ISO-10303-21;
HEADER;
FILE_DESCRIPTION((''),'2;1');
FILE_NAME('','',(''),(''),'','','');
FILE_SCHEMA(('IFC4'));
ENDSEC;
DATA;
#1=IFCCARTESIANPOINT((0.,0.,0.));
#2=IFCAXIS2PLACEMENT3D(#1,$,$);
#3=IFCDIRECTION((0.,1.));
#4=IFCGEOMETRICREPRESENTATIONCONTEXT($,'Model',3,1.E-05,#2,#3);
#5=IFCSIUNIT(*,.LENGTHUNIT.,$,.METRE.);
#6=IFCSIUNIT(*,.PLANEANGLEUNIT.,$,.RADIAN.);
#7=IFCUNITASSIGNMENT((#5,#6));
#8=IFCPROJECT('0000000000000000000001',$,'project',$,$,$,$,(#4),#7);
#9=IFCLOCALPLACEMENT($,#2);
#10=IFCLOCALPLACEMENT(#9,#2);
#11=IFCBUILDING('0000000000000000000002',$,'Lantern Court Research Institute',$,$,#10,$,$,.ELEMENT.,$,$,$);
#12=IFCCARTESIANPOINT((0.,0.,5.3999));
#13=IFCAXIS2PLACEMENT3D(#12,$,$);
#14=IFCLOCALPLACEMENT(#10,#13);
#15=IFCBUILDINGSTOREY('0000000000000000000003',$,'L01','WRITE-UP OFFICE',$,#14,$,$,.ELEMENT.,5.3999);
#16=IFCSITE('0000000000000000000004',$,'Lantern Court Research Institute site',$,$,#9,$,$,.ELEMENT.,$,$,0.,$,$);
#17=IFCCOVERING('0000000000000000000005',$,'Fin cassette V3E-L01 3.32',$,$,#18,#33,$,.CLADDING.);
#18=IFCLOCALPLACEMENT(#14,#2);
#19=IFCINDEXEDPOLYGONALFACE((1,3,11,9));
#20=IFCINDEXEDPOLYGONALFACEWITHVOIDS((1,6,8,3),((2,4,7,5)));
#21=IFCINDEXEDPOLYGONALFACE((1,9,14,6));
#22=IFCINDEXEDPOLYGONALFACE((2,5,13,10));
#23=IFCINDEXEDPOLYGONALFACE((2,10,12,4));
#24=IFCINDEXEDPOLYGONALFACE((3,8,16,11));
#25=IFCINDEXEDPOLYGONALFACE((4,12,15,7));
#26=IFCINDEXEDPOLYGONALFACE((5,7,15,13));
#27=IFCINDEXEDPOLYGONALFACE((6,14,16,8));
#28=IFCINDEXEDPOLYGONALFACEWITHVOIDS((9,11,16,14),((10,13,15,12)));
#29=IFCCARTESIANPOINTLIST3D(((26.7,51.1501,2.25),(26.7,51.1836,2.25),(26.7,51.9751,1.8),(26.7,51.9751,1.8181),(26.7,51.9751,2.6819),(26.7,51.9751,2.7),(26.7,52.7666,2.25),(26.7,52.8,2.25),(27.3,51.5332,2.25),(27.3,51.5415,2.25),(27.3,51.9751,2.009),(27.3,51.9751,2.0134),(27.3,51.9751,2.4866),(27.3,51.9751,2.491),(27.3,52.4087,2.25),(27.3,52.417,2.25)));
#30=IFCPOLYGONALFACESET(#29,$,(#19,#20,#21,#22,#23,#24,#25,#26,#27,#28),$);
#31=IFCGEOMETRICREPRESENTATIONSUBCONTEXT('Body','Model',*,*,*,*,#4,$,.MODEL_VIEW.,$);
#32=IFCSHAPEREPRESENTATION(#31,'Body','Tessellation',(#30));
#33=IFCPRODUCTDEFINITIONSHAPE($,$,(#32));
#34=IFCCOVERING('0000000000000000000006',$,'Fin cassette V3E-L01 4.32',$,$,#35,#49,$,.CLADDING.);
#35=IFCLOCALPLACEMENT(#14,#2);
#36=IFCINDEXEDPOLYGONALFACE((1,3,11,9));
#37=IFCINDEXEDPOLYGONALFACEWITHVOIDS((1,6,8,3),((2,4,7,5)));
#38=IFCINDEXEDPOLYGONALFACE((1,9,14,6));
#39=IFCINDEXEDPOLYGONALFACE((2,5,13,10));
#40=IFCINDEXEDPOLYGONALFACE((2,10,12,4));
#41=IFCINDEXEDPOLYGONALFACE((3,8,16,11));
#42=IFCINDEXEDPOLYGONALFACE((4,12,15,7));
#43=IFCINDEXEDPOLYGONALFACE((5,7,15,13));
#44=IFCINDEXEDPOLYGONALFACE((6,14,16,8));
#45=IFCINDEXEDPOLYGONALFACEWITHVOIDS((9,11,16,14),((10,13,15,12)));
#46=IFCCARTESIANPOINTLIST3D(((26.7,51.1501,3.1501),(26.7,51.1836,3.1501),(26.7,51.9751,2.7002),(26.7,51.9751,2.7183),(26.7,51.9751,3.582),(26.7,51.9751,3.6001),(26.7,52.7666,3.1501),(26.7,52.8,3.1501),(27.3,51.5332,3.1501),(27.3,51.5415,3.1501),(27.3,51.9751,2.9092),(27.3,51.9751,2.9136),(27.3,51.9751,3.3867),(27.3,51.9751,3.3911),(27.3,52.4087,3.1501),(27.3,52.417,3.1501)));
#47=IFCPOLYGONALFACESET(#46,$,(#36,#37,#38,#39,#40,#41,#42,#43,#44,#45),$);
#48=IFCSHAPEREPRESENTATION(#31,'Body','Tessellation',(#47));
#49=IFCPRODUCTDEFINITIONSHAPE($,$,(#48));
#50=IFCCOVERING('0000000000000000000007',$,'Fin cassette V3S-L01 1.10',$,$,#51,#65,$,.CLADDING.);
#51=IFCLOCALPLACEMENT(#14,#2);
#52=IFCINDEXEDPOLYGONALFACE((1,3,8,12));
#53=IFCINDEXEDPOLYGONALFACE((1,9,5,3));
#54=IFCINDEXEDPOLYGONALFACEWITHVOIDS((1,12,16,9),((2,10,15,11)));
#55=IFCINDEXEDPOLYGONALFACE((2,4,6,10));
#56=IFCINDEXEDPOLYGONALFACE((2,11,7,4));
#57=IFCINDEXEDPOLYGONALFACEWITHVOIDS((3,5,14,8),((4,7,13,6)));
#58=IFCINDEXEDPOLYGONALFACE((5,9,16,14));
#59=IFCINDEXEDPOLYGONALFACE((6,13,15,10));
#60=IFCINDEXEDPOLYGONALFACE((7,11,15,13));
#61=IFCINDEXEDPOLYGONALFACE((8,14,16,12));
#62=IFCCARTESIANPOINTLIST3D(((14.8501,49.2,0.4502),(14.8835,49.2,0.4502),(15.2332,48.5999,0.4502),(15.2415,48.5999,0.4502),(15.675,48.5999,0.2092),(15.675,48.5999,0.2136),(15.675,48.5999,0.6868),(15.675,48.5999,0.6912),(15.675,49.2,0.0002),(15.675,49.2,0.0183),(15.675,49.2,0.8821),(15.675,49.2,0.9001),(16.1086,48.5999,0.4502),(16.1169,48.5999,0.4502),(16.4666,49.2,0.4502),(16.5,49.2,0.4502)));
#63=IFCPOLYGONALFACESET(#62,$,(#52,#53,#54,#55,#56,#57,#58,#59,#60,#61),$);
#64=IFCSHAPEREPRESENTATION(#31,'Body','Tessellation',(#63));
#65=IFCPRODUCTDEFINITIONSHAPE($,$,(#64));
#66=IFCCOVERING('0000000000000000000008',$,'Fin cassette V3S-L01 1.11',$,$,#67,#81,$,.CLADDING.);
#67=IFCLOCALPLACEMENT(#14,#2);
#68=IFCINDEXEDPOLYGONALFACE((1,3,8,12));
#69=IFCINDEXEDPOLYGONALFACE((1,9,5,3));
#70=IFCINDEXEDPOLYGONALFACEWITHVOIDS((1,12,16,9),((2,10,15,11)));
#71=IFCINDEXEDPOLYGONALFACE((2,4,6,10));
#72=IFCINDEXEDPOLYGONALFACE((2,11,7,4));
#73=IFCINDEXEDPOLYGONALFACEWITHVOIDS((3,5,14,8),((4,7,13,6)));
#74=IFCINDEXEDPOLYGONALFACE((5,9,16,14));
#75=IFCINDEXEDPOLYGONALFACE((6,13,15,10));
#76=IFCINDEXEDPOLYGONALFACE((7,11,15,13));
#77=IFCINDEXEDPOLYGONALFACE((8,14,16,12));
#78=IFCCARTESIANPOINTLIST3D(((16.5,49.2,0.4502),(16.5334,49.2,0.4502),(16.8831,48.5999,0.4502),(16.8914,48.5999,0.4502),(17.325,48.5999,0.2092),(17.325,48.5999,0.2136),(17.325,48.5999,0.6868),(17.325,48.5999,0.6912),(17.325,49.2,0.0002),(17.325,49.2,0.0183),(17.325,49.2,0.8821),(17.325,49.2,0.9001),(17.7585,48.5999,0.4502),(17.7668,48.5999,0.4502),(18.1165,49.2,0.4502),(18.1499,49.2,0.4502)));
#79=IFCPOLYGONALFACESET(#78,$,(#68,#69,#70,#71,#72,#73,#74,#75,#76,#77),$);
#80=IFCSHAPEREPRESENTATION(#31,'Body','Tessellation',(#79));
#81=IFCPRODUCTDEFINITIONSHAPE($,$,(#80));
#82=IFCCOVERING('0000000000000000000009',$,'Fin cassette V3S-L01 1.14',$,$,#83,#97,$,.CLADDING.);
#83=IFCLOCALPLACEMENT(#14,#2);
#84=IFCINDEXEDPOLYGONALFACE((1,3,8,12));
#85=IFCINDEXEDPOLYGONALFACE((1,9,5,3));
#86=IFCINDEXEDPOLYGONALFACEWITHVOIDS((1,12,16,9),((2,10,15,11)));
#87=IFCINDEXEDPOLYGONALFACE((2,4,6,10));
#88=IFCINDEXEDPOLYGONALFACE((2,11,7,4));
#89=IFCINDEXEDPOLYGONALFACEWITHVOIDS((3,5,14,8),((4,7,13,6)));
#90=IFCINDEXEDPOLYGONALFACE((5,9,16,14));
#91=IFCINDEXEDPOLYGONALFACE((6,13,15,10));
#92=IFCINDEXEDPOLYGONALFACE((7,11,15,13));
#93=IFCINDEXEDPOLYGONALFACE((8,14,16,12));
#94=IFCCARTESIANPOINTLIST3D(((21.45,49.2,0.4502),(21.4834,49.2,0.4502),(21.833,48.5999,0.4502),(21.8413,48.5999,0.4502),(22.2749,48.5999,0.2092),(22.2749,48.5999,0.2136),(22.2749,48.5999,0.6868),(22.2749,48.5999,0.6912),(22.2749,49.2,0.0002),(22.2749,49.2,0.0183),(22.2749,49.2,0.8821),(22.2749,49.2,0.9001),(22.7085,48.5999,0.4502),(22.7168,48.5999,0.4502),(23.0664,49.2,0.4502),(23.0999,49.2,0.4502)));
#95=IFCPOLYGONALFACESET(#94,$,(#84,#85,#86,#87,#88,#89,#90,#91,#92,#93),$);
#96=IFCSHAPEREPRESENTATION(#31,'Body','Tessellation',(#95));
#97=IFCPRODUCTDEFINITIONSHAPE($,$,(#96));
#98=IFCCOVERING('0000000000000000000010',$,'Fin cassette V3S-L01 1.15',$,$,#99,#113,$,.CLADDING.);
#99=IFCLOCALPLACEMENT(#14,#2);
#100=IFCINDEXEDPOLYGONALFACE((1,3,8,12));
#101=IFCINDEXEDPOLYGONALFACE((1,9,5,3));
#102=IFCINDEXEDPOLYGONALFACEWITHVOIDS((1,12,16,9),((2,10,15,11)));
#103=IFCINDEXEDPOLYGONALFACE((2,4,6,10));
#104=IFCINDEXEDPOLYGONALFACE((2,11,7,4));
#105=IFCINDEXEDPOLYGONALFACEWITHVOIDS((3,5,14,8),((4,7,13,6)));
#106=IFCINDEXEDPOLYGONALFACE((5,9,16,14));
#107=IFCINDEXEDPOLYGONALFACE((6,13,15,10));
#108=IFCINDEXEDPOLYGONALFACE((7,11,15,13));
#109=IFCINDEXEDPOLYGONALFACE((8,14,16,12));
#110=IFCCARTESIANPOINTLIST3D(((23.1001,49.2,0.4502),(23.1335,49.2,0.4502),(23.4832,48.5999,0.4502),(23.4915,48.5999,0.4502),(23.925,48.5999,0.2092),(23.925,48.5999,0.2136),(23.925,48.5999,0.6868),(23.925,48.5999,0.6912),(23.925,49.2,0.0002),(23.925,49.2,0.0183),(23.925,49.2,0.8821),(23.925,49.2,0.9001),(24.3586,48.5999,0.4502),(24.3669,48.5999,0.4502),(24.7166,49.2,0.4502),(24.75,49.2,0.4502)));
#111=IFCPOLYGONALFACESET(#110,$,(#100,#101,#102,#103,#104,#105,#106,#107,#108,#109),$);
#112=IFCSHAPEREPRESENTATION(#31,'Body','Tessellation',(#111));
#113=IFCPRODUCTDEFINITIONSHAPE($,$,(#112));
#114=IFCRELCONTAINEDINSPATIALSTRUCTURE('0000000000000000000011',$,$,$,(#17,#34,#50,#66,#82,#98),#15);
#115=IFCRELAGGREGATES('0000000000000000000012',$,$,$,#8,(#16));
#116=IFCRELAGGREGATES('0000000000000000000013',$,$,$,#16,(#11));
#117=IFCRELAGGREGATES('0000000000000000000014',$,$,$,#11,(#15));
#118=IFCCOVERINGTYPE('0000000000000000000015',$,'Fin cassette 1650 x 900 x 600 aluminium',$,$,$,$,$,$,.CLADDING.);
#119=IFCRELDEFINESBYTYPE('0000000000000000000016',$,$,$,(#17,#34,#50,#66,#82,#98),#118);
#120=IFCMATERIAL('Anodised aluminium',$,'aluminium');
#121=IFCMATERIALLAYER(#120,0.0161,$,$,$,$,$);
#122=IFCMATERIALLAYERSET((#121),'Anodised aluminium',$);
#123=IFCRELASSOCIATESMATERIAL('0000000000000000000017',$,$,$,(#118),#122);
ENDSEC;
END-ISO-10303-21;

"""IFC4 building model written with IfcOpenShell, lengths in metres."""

from ifc_helpers import new_model, entity, si_unit, direction, frame, origin, place, context, subcontext, project, spatial, material, layer, layer_set, type_object, element, save


model = new_model("IFC4")

# Units and contexts
model_context = context("Model", 3, precision=1e-05, world=origin(), true_north=direction((0.0, 1.0)))
body_context = subcontext(model_context, "Body", "Model", "MODEL_VIEW")
ifc_project = project(units=[si_unit("LENGTHUNIT", "METRE"), si_unit("PLANEANGLEUNIT", "RADIAN")], contexts=[model_context])

# Site, building, storey
site_placement = place(None, origin())
site = spatial("IfcSite", under=ifc_project, at=site_placement, Name="Lantern Court Research Institute site", CompositionType="ELEMENT", RefElevation=0.0)
building_placement = place(site_placement, origin())
building = spatial("IfcBuilding", under=site, at=building_placement, Name="Lantern Court Research Institute", CompositionType="ELEMENT")
storey_placement = place(building_placement, frame((0.0, 0.0, 5.3999)))
storey = spatial("IfcBuildingStorey", under=building, at=storey_placement, Name="L01", Description="WRITE-UP OFFICE", CompositionType="ELEMENT", Elevation=5.3999)

# Coverings
ifc_material_1 = material(Name="Anodised aluminium", Category="aluminium")
ifc_layer_1 = layer(ifc_material_1, 0.0161)
ifc_layer_set_1 = layer_set([ifc_layer_1], Name="Anodised aluminium")
covering_type_1 = type_object("IfcCoveringType", Name="Fin cassette 1650 x 900 x 600 aluminium", PredefinedType="CLADDING", material=ifc_layer_set_1)
covering_1_placement = place(storey_placement, frame((26.7, 51.9751, 2.25), z_axis=(1.0, 0.0, 0.0), x_axis=(0.0, 1.0, 0.0)))
cartesian_point_1 = entity("IfcCartesianPoint", [0.825, 0.0])
cartesian_point_2 = entity("IfcCartesianPoint", [0.7915, 0.0])
cartesian_point_3 = entity("IfcCartesianPoint", [0.4419, 0.0])
cartesian_point_4 = entity("IfcCartesianPoint", [0.4336, 0.0])
element("IfcCovering", 1, at=covering_1_placement, inside=storey, type_object=covering_type_1, Name="Fin cassette V3E-L01 3.32", PredefinedType="CLADDING", context=body_context, shape_type="SweptSolid", body=[
    entity("IfcExtrudedAreaSolidTapered", entity("IfcArbitraryProfileDefWithVoids", "AREA", None, entity("IfcPolyline", [cartesian_point_1, entity("IfcCartesianPoint", [0.0, 0.45]), entity("IfcCartesianPoint", [-0.825, 0.0]), entity("IfcCartesianPoint", [0.0, -0.45]), cartesian_point_1]), [entity("IfcPolyline", [cartesian_point_2, entity("IfcCartesianPoint", [0.0, 0.4319]), entity("IfcCartesianPoint", [-0.7915, 0.0]), entity("IfcCartesianPoint", [0.0, -0.4319]), cartesian_point_2])]), entity("IfcAxis2Placement3D", entity("IfcCartesianPoint", [0.0, 0.0, 0.0])), entity("IfcDirection", [0.0, 0.0, 1.0]), 0.6001, entity("IfcArbitraryProfileDefWithVoids", "AREA", None, entity("IfcPolyline", [cartesian_point_3, entity("IfcCartesianPoint", [0.0, 0.241]), entity("IfcCartesianPoint", [-0.4419, 0.0]), entity("IfcCartesianPoint", [0.0, -0.241]), cartesian_point_3]), [entity("IfcPolyline", [cartesian_point_4, entity("IfcCartesianPoint", [0.0, 0.2366]), entity("IfcCartesianPoint", [-0.4336, 0.0]), entity("IfcCartesianPoint", [0.0, -0.2366]), cartesian_point_4])])),
])
covering_2_placement = place(storey_placement, frame((26.7, 51.9751, 3.1501), z_axis=(1.0, 0.0, 0.0), x_axis=(0.0, 1.0, 0.0)))
cartesian_point_5 = entity("IfcCartesianPoint", [0.825, 0.0])
cartesian_point_6 = entity("IfcCartesianPoint", [0.7915, 0.0])
cartesian_point_7 = entity("IfcCartesianPoint", [0.4419, 0.0])
cartesian_point_8 = entity("IfcCartesianPoint", [0.4336, 0.0])
element("IfcCovering", 2, at=covering_2_placement, inside=storey, type_object=covering_type_1, Name="Fin cassette V3E-L01 4.32", PredefinedType="CLADDING", context=body_context, shape_type="SweptSolid", body=[
    entity("IfcExtrudedAreaSolidTapered", entity("IfcArbitraryProfileDefWithVoids", "AREA", None, entity("IfcPolyline", [cartesian_point_5, entity("IfcCartesianPoint", [0.0, 0.45]), entity("IfcCartesianPoint", [-0.825, 0.0]), entity("IfcCartesianPoint", [0.0, -0.45]), cartesian_point_5]), [entity("IfcPolyline", [cartesian_point_6, entity("IfcCartesianPoint", [0.0, 0.4319]), entity("IfcCartesianPoint", [-0.7915, 0.0]), entity("IfcCartesianPoint", [0.0, -0.4319]), cartesian_point_6])]), entity("IfcAxis2Placement3D", entity("IfcCartesianPoint", [0.0, 0.0, 0.0])), entity("IfcDirection", [0.0, 0.0, 1.0]), 0.6001, entity("IfcArbitraryProfileDefWithVoids", "AREA", None, entity("IfcPolyline", [cartesian_point_7, entity("IfcCartesianPoint", [0.0, 0.241]), entity("IfcCartesianPoint", [-0.4419, 0.0]), entity("IfcCartesianPoint", [0.0, -0.241]), cartesian_point_7]), [entity("IfcPolyline", [cartesian_point_8, entity("IfcCartesianPoint", [0.0, 0.2366]), entity("IfcCartesianPoint", [-0.4336, 0.0]), entity("IfcCartesianPoint", [0.0, -0.2366]), cartesian_point_8])])),
])
covering_3_placement = place(storey_placement, frame((15.675, 49.2, 0.4502), z_axis=(0.0, -1.0, 0.0), x_axis=(1.0, 0.0, 0.0)))
cartesian_point_9 = entity("IfcCartesianPoint", [0.825, 0.0])
cartesian_point_10 = entity("IfcCartesianPoint", [0.7915, 0.0])
cartesian_point_11 = entity("IfcCartesianPoint", [0.4419, 0.0])
cartesian_point_12 = entity("IfcCartesianPoint", [0.4336, 0.0])
element("IfcCovering", 3, at=covering_3_placement, inside=storey, type_object=covering_type_1, Name="Fin cassette V3S-L01 1.10", PredefinedType="CLADDING", context=body_context, shape_type="SweptSolid", body=[
    entity("IfcExtrudedAreaSolidTapered", entity("IfcArbitraryProfileDefWithVoids", "AREA", None, entity("IfcPolyline", [cartesian_point_9, entity("IfcCartesianPoint", [0.0, 0.45]), entity("IfcCartesianPoint", [-0.825, 0.0]), entity("IfcCartesianPoint", [0.0, -0.45]), cartesian_point_9]), [entity("IfcPolyline", [cartesian_point_10, entity("IfcCartesianPoint", [0.0, 0.4319]), entity("IfcCartesianPoint", [-0.7915, 0.0]), entity("IfcCartesianPoint", [0.0, -0.4319]), cartesian_point_10])]), entity("IfcAxis2Placement3D", entity("IfcCartesianPoint", [0.0, 0.0, 0.0])), entity("IfcDirection", [0.0, 0.0, 1.0]), 0.6001, entity("IfcArbitraryProfileDefWithVoids", "AREA", None, entity("IfcPolyline", [cartesian_point_11, entity("IfcCartesianPoint", [0.0, 0.241]), entity("IfcCartesianPoint", [-0.4419, 0.0]), entity("IfcCartesianPoint", [0.0, -0.241]), cartesian_point_11]), [entity("IfcPolyline", [cartesian_point_12, entity("IfcCartesianPoint", [0.0, 0.2366]), entity("IfcCartesianPoint", [-0.4336, 0.0]), entity("IfcCartesianPoint", [0.0, -0.2366]), cartesian_point_12])])),
])
covering_4_placement = place(storey_placement, frame((17.325, 49.2, 0.4502), z_axis=(0.0, -1.0, 0.0), x_axis=(1.0, 0.0, 0.0)))
cartesian_point_13 = entity("IfcCartesianPoint", [0.825, 0.0])
cartesian_point_14 = entity("IfcCartesianPoint", [0.7915, 0.0])
cartesian_point_15 = entity("IfcCartesianPoint", [0.4419, 0.0])
cartesian_point_16 = entity("IfcCartesianPoint", [0.4336, 0.0])
element("IfcCovering", 4, at=covering_4_placement, inside=storey, type_object=covering_type_1, Name="Fin cassette V3S-L01 1.11", PredefinedType="CLADDING", context=body_context, shape_type="SweptSolid", body=[
    entity("IfcExtrudedAreaSolidTapered", entity("IfcArbitraryProfileDefWithVoids", "AREA", None, entity("IfcPolyline", [cartesian_point_13, entity("IfcCartesianPoint", [0.0, 0.45]), entity("IfcCartesianPoint", [-0.825, 0.0]), entity("IfcCartesianPoint", [0.0, -0.45]), cartesian_point_13]), [entity("IfcPolyline", [cartesian_point_14, entity("IfcCartesianPoint", [0.0, 0.4319]), entity("IfcCartesianPoint", [-0.7915, 0.0]), entity("IfcCartesianPoint", [0.0, -0.4319]), cartesian_point_14])]), entity("IfcAxis2Placement3D", entity("IfcCartesianPoint", [0.0, 0.0, 0.0])), entity("IfcDirection", [0.0, 0.0, 1.0]), 0.6001, entity("IfcArbitraryProfileDefWithVoids", "AREA", None, entity("IfcPolyline", [cartesian_point_15, entity("IfcCartesianPoint", [0.0, 0.241]), entity("IfcCartesianPoint", [-0.4419, 0.0]), entity("IfcCartesianPoint", [0.0, -0.241]), cartesian_point_15]), [entity("IfcPolyline", [cartesian_point_16, entity("IfcCartesianPoint", [0.0, 0.2366]), entity("IfcCartesianPoint", [-0.4336, 0.0]), entity("IfcCartesianPoint", [0.0, -0.2366]), cartesian_point_16])])),
])
covering_5_placement = place(storey_placement, frame((22.2749, 49.2, 0.4502), z_axis=(0.0, -1.0, 0.0), x_axis=(1.0, 0.0, 0.0)))
cartesian_point_17 = entity("IfcCartesianPoint", [0.825, 0.0])
cartesian_point_18 = entity("IfcCartesianPoint", [0.7915, 0.0])
cartesian_point_19 = entity("IfcCartesianPoint", [0.4419, 0.0])
cartesian_point_20 = entity("IfcCartesianPoint", [0.4336, 0.0])
element("IfcCovering", 5, at=covering_5_placement, inside=storey, type_object=covering_type_1, Name="Fin cassette V3S-L01 1.14", PredefinedType="CLADDING", context=body_context, shape_type="SweptSolid", body=[
    entity("IfcExtrudedAreaSolidTapered", entity("IfcArbitraryProfileDefWithVoids", "AREA", None, entity("IfcPolyline", [cartesian_point_17, entity("IfcCartesianPoint", [0.0, 0.45]), entity("IfcCartesianPoint", [-0.825, 0.0]), entity("IfcCartesianPoint", [0.0, -0.45]), cartesian_point_17]), [entity("IfcPolyline", [cartesian_point_18, entity("IfcCartesianPoint", [0.0, 0.4319]), entity("IfcCartesianPoint", [-0.7915, 0.0]), entity("IfcCartesianPoint", [0.0, -0.4319]), cartesian_point_18])]), entity("IfcAxis2Placement3D", entity("IfcCartesianPoint", [0.0, 0.0, 0.0])), entity("IfcDirection", [0.0, 0.0, 1.0]), 0.6001, entity("IfcArbitraryProfileDefWithVoids", "AREA", None, entity("IfcPolyline", [cartesian_point_19, entity("IfcCartesianPoint", [0.0, 0.241]), entity("IfcCartesianPoint", [-0.4419, 0.0]), entity("IfcCartesianPoint", [0.0, -0.241]), cartesian_point_19]), [entity("IfcPolyline", [cartesian_point_20, entity("IfcCartesianPoint", [0.0, 0.2366]), entity("IfcCartesianPoint", [-0.4336, 0.0]), entity("IfcCartesianPoint", [0.0, -0.2366]), cartesian_point_20])])),
])
covering_6_placement = place(storey_placement, frame((23.925, 49.2, 0.4502), z_axis=(0.0, -1.0, 0.0), x_axis=(1.0, 0.0, 0.0)))
cartesian_point_21 = entity("IfcCartesianPoint", [0.825, 0.0])
cartesian_point_22 = entity("IfcCartesianPoint", [0.7915, 0.0])
cartesian_point_23 = entity("IfcCartesianPoint", [0.4419, 0.0])
cartesian_point_24 = entity("IfcCartesianPoint", [0.4336, 0.0])
element("IfcCovering", 6, at=covering_6_placement, inside=storey, type_object=covering_type_1, Name="Fin cassette V3S-L01 1.15", PredefinedType="CLADDING", context=body_context, shape_type="SweptSolid", body=[
    entity("IfcExtrudedAreaSolidTapered", entity("IfcArbitraryProfileDefWithVoids", "AREA", None, entity("IfcPolyline", [cartesian_point_21, entity("IfcCartesianPoint", [0.0, 0.45]), entity("IfcCartesianPoint", [-0.825, 0.0]), entity("IfcCartesianPoint", [0.0, -0.45]), cartesian_point_21]), [entity("IfcPolyline", [cartesian_point_22, entity("IfcCartesianPoint", [0.0, 0.4319]), entity("IfcCartesianPoint", [-0.7915, 0.0]), entity("IfcCartesianPoint", [0.0, -0.4319]), cartesian_point_22])]), entity("IfcAxis2Placement3D", entity("IfcCartesianPoint", [0.0, 0.0, 0.0])), entity("IfcDirection", [0.0, 0.0, 1.0]), 0.6001, entity("IfcArbitraryProfileDefWithVoids", "AREA", None, entity("IfcPolyline", [cartesian_point_23, entity("IfcCartesianPoint", [0.0, 0.241]), entity("IfcCartesianPoint", [-0.4419, 0.0]), entity("IfcCartesianPoint", [0.0, -0.241]), cartesian_point_23]), [entity("IfcPolyline", [cartesian_point_24, entity("IfcCartesianPoint", [0.0, 0.2366]), entity("IfcCartesianPoint", [-0.4336, 0.0]), entity("IfcCartesianPoint", [0.0, -0.2366]), cartesian_point_24])])),
])

save(model, "model.ifc")
